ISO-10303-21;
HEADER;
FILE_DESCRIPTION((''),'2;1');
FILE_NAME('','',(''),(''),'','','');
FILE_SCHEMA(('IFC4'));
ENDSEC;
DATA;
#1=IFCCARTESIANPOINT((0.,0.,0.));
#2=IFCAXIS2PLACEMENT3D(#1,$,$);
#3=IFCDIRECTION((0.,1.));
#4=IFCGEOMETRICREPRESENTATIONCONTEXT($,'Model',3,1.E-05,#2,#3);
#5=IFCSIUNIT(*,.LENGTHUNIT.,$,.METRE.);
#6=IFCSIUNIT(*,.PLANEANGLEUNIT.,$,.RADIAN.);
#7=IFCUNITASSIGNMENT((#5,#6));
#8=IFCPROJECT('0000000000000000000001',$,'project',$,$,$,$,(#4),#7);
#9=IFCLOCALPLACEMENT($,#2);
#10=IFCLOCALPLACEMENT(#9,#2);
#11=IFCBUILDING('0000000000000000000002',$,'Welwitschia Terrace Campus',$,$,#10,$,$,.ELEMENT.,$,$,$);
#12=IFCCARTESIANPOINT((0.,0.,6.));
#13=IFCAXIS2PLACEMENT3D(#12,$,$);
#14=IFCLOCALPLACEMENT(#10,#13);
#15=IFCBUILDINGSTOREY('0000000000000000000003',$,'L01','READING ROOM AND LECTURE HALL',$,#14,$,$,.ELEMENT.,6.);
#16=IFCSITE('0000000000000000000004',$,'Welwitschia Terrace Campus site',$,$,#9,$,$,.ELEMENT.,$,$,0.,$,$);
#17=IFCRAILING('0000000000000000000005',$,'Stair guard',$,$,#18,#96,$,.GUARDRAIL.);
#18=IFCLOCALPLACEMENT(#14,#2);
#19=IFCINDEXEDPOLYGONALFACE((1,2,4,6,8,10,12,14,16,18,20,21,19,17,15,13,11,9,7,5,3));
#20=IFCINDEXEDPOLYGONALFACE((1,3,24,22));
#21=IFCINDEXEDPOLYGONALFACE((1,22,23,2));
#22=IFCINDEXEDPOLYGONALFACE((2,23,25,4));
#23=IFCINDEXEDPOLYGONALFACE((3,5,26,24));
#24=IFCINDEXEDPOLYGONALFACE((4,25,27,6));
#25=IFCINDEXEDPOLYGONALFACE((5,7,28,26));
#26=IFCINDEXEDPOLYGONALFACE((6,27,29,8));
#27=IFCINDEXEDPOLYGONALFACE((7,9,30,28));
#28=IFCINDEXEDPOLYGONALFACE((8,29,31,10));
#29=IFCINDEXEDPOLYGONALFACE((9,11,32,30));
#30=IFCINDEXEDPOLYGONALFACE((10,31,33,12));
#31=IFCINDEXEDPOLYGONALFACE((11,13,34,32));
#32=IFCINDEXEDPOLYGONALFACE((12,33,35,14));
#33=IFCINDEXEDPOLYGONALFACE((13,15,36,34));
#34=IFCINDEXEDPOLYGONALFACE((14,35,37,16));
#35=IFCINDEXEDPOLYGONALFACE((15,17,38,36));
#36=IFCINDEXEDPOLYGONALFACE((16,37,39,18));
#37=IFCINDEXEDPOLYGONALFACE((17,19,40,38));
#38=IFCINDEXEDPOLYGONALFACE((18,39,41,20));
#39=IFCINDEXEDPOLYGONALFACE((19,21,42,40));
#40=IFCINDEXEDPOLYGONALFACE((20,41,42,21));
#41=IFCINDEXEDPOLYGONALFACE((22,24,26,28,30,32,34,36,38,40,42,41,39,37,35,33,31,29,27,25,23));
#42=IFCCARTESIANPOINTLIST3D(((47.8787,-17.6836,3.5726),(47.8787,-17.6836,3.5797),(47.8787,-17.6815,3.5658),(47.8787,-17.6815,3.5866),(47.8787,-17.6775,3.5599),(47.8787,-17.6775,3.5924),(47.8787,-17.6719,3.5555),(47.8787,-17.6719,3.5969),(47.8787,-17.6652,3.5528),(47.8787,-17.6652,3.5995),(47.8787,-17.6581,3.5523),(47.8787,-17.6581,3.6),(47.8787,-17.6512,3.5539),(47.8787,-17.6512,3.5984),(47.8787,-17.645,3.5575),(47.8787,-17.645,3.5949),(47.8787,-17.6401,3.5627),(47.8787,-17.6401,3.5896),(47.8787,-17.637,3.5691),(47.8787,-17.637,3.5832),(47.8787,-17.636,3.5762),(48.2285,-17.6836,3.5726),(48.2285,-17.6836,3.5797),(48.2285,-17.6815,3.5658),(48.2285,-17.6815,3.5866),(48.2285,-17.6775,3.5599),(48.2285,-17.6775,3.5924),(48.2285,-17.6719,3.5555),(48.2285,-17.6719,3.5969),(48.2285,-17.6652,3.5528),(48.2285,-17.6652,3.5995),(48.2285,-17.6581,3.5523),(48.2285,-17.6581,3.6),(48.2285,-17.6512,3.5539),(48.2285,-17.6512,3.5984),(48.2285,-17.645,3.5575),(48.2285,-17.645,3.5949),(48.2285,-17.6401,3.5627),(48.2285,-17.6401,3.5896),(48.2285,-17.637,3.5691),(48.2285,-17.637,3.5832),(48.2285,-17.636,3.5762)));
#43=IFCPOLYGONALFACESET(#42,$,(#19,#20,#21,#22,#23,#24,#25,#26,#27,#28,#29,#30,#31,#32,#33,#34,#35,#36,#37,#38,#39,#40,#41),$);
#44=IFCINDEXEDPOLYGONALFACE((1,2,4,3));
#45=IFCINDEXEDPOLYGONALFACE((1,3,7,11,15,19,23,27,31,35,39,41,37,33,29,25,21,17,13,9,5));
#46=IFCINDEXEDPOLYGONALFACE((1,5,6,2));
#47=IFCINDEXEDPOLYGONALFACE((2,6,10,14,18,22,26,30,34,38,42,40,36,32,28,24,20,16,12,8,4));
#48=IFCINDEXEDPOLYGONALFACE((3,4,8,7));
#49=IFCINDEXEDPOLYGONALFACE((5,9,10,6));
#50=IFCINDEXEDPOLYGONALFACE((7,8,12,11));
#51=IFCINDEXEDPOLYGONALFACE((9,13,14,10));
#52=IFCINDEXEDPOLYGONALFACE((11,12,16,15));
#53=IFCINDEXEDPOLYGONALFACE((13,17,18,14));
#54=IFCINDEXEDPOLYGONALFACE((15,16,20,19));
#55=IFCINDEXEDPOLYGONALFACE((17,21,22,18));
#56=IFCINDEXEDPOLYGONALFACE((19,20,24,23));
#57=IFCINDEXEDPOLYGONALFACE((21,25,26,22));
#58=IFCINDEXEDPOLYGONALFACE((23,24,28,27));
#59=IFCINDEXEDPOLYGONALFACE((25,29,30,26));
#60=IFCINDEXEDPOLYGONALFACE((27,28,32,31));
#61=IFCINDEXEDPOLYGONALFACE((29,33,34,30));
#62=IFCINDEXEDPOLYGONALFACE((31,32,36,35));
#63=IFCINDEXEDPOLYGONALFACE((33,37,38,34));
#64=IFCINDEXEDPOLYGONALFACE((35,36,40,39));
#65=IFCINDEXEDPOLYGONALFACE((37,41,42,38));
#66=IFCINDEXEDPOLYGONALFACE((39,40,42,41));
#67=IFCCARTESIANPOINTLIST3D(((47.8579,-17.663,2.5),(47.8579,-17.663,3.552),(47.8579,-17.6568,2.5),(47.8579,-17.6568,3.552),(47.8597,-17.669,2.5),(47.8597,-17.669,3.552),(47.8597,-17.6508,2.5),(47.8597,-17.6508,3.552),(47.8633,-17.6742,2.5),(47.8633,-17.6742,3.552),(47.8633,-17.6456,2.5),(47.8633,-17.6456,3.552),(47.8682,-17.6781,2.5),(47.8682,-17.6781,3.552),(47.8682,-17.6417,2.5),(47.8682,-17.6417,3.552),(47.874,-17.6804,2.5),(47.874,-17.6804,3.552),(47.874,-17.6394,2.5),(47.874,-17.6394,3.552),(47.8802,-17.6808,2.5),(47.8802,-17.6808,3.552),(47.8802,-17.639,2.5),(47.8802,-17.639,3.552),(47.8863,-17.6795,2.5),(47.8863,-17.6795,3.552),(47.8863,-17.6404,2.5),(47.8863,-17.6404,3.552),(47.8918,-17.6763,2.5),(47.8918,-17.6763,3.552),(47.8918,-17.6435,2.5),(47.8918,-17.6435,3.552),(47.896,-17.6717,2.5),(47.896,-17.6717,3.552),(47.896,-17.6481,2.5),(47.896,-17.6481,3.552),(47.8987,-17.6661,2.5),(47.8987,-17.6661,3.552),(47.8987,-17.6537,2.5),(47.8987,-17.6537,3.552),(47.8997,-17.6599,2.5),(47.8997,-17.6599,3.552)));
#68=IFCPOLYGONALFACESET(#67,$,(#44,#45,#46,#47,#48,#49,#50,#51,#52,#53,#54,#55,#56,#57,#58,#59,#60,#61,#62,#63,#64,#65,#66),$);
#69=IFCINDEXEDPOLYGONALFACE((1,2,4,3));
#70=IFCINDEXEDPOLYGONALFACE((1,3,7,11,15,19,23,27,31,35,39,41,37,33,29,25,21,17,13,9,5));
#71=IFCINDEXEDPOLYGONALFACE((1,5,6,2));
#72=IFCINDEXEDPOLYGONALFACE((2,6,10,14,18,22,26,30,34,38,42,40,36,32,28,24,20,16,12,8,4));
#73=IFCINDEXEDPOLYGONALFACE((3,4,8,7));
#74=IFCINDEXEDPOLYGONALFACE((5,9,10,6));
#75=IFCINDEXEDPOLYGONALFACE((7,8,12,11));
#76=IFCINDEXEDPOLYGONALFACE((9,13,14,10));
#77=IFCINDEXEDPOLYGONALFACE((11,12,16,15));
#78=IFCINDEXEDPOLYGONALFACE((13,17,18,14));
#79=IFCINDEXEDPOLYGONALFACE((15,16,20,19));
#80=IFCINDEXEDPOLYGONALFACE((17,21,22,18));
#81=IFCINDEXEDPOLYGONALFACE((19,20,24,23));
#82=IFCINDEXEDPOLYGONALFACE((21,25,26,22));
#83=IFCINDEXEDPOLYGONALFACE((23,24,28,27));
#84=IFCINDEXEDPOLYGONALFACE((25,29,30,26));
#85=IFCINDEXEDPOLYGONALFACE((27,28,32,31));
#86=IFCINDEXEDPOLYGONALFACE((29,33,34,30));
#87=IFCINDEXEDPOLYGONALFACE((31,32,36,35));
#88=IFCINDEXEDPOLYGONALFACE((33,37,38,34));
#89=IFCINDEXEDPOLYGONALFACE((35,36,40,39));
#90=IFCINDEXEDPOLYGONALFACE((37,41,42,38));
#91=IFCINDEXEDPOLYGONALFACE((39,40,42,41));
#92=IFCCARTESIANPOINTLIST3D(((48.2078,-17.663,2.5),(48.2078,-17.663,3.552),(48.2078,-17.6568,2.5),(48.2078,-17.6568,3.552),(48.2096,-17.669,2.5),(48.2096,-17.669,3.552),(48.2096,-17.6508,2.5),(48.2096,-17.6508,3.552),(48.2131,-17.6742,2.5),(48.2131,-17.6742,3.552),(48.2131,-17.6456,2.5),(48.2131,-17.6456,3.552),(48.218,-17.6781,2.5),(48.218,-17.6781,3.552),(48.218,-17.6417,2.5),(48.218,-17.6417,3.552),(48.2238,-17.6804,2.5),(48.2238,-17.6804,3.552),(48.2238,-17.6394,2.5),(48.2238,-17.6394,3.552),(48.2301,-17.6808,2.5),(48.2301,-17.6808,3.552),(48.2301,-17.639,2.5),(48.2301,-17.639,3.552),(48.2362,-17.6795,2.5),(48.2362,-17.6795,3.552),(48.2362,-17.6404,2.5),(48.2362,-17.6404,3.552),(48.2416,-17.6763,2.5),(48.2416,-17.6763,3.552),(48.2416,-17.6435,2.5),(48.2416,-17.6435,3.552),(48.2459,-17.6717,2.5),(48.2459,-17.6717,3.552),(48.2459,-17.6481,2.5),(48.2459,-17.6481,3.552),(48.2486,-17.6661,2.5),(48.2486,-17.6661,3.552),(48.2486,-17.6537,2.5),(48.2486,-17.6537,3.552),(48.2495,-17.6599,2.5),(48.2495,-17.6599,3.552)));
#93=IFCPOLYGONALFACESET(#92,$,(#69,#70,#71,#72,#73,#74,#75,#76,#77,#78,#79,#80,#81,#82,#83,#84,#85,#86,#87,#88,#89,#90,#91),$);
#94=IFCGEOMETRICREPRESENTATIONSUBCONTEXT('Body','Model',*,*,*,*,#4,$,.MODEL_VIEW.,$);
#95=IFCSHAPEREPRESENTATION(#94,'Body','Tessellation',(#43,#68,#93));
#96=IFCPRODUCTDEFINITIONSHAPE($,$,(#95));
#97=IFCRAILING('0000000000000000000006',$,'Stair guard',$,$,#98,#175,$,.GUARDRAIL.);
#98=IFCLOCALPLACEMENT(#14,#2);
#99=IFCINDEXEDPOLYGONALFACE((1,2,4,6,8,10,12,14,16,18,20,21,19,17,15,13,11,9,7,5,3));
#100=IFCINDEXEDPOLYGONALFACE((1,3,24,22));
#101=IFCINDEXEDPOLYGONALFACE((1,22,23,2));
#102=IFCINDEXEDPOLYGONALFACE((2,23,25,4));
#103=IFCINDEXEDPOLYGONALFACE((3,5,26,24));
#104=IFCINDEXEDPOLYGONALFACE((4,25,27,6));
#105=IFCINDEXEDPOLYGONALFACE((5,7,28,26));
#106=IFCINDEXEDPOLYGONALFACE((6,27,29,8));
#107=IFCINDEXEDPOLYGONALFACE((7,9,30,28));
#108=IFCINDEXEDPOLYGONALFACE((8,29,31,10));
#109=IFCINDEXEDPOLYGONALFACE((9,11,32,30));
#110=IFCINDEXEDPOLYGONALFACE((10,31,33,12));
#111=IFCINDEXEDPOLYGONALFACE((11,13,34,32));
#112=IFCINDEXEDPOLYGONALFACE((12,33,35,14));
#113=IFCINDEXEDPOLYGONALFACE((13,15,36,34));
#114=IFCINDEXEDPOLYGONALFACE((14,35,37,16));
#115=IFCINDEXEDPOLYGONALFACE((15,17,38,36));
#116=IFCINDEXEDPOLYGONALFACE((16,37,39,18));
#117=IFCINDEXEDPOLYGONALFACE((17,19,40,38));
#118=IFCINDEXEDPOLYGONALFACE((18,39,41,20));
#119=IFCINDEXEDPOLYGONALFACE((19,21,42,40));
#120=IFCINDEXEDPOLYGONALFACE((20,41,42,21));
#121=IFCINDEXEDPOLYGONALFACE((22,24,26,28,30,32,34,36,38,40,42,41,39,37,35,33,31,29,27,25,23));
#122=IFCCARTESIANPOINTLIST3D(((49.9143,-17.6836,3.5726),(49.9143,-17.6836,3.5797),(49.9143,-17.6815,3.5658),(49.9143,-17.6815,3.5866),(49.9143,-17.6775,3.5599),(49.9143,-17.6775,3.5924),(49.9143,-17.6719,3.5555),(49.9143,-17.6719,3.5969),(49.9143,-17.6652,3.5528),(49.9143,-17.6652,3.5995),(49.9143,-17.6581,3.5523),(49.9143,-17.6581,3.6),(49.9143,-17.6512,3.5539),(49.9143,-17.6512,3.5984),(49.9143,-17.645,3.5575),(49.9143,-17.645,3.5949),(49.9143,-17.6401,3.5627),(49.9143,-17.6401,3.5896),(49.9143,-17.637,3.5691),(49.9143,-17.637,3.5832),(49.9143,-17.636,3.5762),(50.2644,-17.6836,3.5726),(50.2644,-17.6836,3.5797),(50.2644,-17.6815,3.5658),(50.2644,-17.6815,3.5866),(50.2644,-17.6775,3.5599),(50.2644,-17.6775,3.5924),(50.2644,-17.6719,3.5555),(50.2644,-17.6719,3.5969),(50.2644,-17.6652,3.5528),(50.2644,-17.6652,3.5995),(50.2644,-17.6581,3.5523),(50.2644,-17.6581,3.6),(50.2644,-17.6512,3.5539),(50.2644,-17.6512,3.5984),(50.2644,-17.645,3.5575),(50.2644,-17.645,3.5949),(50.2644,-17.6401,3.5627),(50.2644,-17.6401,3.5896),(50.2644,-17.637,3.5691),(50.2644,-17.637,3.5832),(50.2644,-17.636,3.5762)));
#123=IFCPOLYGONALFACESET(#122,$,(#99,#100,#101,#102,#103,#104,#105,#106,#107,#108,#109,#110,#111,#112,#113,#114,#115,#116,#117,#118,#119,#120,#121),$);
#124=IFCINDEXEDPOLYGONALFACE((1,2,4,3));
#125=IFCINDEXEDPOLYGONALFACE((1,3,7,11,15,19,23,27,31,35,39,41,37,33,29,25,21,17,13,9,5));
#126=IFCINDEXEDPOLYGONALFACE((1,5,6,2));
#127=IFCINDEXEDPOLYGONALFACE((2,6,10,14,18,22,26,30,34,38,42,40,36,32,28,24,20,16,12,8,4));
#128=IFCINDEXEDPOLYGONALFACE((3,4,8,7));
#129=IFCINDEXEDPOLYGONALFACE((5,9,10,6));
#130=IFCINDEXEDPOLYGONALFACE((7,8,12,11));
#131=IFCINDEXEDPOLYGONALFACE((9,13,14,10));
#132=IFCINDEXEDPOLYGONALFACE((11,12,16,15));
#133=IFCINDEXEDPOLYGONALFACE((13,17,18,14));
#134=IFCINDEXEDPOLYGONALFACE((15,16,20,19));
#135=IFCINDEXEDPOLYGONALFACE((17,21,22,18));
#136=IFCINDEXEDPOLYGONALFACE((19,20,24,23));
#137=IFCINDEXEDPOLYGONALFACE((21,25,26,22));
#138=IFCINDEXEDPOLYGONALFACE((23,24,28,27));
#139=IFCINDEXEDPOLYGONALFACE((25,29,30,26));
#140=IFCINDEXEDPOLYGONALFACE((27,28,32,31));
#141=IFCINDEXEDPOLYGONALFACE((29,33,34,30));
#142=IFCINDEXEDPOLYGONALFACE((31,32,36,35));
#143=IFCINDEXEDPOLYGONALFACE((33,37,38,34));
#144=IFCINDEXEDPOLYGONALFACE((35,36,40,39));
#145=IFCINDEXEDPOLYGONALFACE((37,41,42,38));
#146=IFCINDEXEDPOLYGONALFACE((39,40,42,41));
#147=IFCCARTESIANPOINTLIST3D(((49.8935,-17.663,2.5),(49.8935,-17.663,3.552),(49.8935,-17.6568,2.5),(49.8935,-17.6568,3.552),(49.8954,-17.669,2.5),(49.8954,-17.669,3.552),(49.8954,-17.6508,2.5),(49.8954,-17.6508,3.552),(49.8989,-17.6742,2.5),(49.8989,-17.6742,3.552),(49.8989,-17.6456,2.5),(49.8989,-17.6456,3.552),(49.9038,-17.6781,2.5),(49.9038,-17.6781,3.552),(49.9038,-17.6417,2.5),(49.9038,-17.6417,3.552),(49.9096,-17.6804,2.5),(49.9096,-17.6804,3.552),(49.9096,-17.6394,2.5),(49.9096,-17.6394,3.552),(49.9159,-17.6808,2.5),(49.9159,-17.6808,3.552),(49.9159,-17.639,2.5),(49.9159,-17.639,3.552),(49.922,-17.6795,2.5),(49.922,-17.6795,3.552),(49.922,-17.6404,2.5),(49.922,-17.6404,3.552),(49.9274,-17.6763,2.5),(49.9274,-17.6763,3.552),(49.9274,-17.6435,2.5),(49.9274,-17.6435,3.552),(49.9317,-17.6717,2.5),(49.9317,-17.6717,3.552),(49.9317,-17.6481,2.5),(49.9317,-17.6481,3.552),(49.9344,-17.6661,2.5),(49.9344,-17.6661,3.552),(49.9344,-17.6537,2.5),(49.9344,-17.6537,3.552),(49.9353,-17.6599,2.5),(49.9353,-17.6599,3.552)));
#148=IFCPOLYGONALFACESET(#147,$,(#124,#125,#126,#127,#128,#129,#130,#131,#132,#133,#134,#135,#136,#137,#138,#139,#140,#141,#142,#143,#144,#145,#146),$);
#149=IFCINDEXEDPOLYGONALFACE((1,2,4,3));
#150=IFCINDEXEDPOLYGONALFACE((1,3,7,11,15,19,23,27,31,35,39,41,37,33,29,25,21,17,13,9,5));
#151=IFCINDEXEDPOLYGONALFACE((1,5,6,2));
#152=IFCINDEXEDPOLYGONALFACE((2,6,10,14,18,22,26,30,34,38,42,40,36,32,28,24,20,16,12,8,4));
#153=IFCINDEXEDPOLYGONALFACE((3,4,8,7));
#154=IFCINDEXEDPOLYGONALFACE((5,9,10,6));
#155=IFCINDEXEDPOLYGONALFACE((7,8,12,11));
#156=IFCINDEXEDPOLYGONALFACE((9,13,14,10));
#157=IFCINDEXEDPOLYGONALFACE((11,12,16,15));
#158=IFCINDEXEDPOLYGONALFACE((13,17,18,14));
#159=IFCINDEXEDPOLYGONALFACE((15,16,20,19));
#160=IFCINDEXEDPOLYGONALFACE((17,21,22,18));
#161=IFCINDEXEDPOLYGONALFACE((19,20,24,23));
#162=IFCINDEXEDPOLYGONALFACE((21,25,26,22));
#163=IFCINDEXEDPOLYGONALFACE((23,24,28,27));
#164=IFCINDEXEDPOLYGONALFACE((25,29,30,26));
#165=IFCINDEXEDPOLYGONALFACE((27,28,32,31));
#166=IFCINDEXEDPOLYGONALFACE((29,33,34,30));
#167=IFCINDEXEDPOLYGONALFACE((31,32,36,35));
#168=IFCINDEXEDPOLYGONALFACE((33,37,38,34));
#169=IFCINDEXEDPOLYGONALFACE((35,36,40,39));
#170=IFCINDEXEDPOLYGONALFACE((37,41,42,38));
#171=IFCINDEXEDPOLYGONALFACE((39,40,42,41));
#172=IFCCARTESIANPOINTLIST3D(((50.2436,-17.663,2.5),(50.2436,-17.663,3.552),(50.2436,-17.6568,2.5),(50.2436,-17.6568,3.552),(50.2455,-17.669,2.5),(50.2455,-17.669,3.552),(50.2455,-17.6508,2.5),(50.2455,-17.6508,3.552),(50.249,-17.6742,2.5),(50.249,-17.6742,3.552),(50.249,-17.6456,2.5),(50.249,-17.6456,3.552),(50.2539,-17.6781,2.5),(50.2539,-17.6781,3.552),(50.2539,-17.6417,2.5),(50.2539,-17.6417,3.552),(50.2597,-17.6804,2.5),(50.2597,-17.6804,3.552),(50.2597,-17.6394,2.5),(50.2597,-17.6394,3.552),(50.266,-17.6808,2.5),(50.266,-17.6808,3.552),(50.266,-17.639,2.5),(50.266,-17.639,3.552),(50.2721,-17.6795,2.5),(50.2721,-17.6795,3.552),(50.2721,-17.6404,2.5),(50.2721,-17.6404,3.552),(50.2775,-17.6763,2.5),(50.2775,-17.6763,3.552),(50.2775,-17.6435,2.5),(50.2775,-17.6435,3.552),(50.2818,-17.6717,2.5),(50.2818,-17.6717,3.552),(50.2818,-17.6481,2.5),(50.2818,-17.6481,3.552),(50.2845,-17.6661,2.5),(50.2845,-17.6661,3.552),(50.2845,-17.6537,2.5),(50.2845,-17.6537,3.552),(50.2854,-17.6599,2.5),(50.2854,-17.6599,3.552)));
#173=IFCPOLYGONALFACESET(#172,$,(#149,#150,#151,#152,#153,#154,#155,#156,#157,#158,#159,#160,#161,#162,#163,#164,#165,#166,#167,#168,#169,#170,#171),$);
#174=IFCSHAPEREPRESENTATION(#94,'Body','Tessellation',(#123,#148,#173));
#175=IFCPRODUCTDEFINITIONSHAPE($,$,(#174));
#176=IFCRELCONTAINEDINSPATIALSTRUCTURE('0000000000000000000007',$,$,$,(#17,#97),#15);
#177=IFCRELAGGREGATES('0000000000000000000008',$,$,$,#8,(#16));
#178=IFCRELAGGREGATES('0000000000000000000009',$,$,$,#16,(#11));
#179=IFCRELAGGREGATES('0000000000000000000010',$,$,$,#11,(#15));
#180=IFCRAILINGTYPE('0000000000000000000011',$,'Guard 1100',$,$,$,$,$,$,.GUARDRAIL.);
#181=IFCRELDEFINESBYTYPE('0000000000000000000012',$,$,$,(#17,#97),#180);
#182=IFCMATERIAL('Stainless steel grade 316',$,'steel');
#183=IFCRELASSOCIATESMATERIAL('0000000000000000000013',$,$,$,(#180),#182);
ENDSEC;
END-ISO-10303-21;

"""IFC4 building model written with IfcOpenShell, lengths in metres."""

from ifc_helpers import new_model, si_unit, direction, frame, origin, origin_2d, place, context, subcontext, project, spatial, circle, extrude, material, type_object, element, save


model = new_model("IFC4")

# Units and contexts
model_context = context("Model", 3, precision=1e-05, world=origin(), true_north=direction((0.0, 1.0)))
body_context = subcontext(model_context, "Body", "Model", "MODEL_VIEW")
ifc_project = project(units=[si_unit("LENGTHUNIT", "METRE"), si_unit("PLANEANGLEUNIT", "RADIAN")], contexts=[model_context])

# Site, building, storey
site_placement = place(None, origin())
site = spatial("IfcSite", under=ifc_project, at=site_placement, Name="Welwitschia Terrace Campus site", CompositionType="ELEMENT", RefElevation=0.0)
building_placement = place(site_placement, origin())
building = spatial("IfcBuilding", under=site, at=building_placement, Name="Welwitschia Terrace Campus", CompositionType="ELEMENT")
storey_placement = place(building_placement, frame((0.0, 0.0, 6.0)))
storey = spatial("IfcBuildingStorey", under=building, at=storey_placement, Name="L01", Description="READING ROOM AND LECTURE HALL", CompositionType="ELEMENT", Elevation=6.0)

# Railings
ifc_material_1 = material(Name="Stainless steel grade 316", Category="steel")
railing_type_1 = type_object("IfcRailingType", Name="Guard 1100", PredefinedType="GUARDRAIL", material=ifc_material_1)
railing_1_placement = place(storey_placement, frame((47.8787, -17.6599, 2.5)))
element("IfcRailing", 1, at=railing_1_placement, inside=storey, type_object=railing_type_1, Name="Stair guard", PredefinedType="GUARDRAIL", context=body_context, shape_type="SweptSolid", body=[
    extrude(circle(Radius=0.0239, at=origin_2d()), frame((0.0, 0.0, 1.0762), z_axis=(1.0, 0.0, 0.0), x_axis=(0.0, 1.0, 0.0)), (0.0, 0.0, 1.0), 0.3499),
    extrude(circle(Radius=0.021, at=origin_2d()), origin(), (0.0, 0.0, 1.0), 1.052),
    extrude(circle(Radius=0.021, at=origin_2d()), frame((0.3499, 0.0, 0.0)), (0.0, 0.0, 1.0), 1.052),
])
railing_2_placement = place(storey_placement, frame((49.9143, -17.6599, 2.5)))
element("IfcRailing", 2, at=railing_2_placement, inside=storey, type_object=railing_type_1, Name="Stair guard", PredefinedType="GUARDRAIL", context=body_context, shape_type="SweptSolid", body=[
    extrude(circle(Radius=0.0239, at=origin_2d()), frame((0.0, 0.0, 1.0762), z_axis=(1.0, 0.0, 0.0), x_axis=(0.0, 1.0, 0.0)), (0.0, 0.0, 1.0), 0.3501),
    extrude(circle(Radius=0.021, at=origin_2d()), origin(), (0.0, 0.0, 1.0), 1.052),
    extrude(circle(Radius=0.021, at=origin_2d()), frame((0.3501, 0.0, 0.0)), (0.0, 0.0, 1.0), 1.052),
])

save(model, "model.ifc")
